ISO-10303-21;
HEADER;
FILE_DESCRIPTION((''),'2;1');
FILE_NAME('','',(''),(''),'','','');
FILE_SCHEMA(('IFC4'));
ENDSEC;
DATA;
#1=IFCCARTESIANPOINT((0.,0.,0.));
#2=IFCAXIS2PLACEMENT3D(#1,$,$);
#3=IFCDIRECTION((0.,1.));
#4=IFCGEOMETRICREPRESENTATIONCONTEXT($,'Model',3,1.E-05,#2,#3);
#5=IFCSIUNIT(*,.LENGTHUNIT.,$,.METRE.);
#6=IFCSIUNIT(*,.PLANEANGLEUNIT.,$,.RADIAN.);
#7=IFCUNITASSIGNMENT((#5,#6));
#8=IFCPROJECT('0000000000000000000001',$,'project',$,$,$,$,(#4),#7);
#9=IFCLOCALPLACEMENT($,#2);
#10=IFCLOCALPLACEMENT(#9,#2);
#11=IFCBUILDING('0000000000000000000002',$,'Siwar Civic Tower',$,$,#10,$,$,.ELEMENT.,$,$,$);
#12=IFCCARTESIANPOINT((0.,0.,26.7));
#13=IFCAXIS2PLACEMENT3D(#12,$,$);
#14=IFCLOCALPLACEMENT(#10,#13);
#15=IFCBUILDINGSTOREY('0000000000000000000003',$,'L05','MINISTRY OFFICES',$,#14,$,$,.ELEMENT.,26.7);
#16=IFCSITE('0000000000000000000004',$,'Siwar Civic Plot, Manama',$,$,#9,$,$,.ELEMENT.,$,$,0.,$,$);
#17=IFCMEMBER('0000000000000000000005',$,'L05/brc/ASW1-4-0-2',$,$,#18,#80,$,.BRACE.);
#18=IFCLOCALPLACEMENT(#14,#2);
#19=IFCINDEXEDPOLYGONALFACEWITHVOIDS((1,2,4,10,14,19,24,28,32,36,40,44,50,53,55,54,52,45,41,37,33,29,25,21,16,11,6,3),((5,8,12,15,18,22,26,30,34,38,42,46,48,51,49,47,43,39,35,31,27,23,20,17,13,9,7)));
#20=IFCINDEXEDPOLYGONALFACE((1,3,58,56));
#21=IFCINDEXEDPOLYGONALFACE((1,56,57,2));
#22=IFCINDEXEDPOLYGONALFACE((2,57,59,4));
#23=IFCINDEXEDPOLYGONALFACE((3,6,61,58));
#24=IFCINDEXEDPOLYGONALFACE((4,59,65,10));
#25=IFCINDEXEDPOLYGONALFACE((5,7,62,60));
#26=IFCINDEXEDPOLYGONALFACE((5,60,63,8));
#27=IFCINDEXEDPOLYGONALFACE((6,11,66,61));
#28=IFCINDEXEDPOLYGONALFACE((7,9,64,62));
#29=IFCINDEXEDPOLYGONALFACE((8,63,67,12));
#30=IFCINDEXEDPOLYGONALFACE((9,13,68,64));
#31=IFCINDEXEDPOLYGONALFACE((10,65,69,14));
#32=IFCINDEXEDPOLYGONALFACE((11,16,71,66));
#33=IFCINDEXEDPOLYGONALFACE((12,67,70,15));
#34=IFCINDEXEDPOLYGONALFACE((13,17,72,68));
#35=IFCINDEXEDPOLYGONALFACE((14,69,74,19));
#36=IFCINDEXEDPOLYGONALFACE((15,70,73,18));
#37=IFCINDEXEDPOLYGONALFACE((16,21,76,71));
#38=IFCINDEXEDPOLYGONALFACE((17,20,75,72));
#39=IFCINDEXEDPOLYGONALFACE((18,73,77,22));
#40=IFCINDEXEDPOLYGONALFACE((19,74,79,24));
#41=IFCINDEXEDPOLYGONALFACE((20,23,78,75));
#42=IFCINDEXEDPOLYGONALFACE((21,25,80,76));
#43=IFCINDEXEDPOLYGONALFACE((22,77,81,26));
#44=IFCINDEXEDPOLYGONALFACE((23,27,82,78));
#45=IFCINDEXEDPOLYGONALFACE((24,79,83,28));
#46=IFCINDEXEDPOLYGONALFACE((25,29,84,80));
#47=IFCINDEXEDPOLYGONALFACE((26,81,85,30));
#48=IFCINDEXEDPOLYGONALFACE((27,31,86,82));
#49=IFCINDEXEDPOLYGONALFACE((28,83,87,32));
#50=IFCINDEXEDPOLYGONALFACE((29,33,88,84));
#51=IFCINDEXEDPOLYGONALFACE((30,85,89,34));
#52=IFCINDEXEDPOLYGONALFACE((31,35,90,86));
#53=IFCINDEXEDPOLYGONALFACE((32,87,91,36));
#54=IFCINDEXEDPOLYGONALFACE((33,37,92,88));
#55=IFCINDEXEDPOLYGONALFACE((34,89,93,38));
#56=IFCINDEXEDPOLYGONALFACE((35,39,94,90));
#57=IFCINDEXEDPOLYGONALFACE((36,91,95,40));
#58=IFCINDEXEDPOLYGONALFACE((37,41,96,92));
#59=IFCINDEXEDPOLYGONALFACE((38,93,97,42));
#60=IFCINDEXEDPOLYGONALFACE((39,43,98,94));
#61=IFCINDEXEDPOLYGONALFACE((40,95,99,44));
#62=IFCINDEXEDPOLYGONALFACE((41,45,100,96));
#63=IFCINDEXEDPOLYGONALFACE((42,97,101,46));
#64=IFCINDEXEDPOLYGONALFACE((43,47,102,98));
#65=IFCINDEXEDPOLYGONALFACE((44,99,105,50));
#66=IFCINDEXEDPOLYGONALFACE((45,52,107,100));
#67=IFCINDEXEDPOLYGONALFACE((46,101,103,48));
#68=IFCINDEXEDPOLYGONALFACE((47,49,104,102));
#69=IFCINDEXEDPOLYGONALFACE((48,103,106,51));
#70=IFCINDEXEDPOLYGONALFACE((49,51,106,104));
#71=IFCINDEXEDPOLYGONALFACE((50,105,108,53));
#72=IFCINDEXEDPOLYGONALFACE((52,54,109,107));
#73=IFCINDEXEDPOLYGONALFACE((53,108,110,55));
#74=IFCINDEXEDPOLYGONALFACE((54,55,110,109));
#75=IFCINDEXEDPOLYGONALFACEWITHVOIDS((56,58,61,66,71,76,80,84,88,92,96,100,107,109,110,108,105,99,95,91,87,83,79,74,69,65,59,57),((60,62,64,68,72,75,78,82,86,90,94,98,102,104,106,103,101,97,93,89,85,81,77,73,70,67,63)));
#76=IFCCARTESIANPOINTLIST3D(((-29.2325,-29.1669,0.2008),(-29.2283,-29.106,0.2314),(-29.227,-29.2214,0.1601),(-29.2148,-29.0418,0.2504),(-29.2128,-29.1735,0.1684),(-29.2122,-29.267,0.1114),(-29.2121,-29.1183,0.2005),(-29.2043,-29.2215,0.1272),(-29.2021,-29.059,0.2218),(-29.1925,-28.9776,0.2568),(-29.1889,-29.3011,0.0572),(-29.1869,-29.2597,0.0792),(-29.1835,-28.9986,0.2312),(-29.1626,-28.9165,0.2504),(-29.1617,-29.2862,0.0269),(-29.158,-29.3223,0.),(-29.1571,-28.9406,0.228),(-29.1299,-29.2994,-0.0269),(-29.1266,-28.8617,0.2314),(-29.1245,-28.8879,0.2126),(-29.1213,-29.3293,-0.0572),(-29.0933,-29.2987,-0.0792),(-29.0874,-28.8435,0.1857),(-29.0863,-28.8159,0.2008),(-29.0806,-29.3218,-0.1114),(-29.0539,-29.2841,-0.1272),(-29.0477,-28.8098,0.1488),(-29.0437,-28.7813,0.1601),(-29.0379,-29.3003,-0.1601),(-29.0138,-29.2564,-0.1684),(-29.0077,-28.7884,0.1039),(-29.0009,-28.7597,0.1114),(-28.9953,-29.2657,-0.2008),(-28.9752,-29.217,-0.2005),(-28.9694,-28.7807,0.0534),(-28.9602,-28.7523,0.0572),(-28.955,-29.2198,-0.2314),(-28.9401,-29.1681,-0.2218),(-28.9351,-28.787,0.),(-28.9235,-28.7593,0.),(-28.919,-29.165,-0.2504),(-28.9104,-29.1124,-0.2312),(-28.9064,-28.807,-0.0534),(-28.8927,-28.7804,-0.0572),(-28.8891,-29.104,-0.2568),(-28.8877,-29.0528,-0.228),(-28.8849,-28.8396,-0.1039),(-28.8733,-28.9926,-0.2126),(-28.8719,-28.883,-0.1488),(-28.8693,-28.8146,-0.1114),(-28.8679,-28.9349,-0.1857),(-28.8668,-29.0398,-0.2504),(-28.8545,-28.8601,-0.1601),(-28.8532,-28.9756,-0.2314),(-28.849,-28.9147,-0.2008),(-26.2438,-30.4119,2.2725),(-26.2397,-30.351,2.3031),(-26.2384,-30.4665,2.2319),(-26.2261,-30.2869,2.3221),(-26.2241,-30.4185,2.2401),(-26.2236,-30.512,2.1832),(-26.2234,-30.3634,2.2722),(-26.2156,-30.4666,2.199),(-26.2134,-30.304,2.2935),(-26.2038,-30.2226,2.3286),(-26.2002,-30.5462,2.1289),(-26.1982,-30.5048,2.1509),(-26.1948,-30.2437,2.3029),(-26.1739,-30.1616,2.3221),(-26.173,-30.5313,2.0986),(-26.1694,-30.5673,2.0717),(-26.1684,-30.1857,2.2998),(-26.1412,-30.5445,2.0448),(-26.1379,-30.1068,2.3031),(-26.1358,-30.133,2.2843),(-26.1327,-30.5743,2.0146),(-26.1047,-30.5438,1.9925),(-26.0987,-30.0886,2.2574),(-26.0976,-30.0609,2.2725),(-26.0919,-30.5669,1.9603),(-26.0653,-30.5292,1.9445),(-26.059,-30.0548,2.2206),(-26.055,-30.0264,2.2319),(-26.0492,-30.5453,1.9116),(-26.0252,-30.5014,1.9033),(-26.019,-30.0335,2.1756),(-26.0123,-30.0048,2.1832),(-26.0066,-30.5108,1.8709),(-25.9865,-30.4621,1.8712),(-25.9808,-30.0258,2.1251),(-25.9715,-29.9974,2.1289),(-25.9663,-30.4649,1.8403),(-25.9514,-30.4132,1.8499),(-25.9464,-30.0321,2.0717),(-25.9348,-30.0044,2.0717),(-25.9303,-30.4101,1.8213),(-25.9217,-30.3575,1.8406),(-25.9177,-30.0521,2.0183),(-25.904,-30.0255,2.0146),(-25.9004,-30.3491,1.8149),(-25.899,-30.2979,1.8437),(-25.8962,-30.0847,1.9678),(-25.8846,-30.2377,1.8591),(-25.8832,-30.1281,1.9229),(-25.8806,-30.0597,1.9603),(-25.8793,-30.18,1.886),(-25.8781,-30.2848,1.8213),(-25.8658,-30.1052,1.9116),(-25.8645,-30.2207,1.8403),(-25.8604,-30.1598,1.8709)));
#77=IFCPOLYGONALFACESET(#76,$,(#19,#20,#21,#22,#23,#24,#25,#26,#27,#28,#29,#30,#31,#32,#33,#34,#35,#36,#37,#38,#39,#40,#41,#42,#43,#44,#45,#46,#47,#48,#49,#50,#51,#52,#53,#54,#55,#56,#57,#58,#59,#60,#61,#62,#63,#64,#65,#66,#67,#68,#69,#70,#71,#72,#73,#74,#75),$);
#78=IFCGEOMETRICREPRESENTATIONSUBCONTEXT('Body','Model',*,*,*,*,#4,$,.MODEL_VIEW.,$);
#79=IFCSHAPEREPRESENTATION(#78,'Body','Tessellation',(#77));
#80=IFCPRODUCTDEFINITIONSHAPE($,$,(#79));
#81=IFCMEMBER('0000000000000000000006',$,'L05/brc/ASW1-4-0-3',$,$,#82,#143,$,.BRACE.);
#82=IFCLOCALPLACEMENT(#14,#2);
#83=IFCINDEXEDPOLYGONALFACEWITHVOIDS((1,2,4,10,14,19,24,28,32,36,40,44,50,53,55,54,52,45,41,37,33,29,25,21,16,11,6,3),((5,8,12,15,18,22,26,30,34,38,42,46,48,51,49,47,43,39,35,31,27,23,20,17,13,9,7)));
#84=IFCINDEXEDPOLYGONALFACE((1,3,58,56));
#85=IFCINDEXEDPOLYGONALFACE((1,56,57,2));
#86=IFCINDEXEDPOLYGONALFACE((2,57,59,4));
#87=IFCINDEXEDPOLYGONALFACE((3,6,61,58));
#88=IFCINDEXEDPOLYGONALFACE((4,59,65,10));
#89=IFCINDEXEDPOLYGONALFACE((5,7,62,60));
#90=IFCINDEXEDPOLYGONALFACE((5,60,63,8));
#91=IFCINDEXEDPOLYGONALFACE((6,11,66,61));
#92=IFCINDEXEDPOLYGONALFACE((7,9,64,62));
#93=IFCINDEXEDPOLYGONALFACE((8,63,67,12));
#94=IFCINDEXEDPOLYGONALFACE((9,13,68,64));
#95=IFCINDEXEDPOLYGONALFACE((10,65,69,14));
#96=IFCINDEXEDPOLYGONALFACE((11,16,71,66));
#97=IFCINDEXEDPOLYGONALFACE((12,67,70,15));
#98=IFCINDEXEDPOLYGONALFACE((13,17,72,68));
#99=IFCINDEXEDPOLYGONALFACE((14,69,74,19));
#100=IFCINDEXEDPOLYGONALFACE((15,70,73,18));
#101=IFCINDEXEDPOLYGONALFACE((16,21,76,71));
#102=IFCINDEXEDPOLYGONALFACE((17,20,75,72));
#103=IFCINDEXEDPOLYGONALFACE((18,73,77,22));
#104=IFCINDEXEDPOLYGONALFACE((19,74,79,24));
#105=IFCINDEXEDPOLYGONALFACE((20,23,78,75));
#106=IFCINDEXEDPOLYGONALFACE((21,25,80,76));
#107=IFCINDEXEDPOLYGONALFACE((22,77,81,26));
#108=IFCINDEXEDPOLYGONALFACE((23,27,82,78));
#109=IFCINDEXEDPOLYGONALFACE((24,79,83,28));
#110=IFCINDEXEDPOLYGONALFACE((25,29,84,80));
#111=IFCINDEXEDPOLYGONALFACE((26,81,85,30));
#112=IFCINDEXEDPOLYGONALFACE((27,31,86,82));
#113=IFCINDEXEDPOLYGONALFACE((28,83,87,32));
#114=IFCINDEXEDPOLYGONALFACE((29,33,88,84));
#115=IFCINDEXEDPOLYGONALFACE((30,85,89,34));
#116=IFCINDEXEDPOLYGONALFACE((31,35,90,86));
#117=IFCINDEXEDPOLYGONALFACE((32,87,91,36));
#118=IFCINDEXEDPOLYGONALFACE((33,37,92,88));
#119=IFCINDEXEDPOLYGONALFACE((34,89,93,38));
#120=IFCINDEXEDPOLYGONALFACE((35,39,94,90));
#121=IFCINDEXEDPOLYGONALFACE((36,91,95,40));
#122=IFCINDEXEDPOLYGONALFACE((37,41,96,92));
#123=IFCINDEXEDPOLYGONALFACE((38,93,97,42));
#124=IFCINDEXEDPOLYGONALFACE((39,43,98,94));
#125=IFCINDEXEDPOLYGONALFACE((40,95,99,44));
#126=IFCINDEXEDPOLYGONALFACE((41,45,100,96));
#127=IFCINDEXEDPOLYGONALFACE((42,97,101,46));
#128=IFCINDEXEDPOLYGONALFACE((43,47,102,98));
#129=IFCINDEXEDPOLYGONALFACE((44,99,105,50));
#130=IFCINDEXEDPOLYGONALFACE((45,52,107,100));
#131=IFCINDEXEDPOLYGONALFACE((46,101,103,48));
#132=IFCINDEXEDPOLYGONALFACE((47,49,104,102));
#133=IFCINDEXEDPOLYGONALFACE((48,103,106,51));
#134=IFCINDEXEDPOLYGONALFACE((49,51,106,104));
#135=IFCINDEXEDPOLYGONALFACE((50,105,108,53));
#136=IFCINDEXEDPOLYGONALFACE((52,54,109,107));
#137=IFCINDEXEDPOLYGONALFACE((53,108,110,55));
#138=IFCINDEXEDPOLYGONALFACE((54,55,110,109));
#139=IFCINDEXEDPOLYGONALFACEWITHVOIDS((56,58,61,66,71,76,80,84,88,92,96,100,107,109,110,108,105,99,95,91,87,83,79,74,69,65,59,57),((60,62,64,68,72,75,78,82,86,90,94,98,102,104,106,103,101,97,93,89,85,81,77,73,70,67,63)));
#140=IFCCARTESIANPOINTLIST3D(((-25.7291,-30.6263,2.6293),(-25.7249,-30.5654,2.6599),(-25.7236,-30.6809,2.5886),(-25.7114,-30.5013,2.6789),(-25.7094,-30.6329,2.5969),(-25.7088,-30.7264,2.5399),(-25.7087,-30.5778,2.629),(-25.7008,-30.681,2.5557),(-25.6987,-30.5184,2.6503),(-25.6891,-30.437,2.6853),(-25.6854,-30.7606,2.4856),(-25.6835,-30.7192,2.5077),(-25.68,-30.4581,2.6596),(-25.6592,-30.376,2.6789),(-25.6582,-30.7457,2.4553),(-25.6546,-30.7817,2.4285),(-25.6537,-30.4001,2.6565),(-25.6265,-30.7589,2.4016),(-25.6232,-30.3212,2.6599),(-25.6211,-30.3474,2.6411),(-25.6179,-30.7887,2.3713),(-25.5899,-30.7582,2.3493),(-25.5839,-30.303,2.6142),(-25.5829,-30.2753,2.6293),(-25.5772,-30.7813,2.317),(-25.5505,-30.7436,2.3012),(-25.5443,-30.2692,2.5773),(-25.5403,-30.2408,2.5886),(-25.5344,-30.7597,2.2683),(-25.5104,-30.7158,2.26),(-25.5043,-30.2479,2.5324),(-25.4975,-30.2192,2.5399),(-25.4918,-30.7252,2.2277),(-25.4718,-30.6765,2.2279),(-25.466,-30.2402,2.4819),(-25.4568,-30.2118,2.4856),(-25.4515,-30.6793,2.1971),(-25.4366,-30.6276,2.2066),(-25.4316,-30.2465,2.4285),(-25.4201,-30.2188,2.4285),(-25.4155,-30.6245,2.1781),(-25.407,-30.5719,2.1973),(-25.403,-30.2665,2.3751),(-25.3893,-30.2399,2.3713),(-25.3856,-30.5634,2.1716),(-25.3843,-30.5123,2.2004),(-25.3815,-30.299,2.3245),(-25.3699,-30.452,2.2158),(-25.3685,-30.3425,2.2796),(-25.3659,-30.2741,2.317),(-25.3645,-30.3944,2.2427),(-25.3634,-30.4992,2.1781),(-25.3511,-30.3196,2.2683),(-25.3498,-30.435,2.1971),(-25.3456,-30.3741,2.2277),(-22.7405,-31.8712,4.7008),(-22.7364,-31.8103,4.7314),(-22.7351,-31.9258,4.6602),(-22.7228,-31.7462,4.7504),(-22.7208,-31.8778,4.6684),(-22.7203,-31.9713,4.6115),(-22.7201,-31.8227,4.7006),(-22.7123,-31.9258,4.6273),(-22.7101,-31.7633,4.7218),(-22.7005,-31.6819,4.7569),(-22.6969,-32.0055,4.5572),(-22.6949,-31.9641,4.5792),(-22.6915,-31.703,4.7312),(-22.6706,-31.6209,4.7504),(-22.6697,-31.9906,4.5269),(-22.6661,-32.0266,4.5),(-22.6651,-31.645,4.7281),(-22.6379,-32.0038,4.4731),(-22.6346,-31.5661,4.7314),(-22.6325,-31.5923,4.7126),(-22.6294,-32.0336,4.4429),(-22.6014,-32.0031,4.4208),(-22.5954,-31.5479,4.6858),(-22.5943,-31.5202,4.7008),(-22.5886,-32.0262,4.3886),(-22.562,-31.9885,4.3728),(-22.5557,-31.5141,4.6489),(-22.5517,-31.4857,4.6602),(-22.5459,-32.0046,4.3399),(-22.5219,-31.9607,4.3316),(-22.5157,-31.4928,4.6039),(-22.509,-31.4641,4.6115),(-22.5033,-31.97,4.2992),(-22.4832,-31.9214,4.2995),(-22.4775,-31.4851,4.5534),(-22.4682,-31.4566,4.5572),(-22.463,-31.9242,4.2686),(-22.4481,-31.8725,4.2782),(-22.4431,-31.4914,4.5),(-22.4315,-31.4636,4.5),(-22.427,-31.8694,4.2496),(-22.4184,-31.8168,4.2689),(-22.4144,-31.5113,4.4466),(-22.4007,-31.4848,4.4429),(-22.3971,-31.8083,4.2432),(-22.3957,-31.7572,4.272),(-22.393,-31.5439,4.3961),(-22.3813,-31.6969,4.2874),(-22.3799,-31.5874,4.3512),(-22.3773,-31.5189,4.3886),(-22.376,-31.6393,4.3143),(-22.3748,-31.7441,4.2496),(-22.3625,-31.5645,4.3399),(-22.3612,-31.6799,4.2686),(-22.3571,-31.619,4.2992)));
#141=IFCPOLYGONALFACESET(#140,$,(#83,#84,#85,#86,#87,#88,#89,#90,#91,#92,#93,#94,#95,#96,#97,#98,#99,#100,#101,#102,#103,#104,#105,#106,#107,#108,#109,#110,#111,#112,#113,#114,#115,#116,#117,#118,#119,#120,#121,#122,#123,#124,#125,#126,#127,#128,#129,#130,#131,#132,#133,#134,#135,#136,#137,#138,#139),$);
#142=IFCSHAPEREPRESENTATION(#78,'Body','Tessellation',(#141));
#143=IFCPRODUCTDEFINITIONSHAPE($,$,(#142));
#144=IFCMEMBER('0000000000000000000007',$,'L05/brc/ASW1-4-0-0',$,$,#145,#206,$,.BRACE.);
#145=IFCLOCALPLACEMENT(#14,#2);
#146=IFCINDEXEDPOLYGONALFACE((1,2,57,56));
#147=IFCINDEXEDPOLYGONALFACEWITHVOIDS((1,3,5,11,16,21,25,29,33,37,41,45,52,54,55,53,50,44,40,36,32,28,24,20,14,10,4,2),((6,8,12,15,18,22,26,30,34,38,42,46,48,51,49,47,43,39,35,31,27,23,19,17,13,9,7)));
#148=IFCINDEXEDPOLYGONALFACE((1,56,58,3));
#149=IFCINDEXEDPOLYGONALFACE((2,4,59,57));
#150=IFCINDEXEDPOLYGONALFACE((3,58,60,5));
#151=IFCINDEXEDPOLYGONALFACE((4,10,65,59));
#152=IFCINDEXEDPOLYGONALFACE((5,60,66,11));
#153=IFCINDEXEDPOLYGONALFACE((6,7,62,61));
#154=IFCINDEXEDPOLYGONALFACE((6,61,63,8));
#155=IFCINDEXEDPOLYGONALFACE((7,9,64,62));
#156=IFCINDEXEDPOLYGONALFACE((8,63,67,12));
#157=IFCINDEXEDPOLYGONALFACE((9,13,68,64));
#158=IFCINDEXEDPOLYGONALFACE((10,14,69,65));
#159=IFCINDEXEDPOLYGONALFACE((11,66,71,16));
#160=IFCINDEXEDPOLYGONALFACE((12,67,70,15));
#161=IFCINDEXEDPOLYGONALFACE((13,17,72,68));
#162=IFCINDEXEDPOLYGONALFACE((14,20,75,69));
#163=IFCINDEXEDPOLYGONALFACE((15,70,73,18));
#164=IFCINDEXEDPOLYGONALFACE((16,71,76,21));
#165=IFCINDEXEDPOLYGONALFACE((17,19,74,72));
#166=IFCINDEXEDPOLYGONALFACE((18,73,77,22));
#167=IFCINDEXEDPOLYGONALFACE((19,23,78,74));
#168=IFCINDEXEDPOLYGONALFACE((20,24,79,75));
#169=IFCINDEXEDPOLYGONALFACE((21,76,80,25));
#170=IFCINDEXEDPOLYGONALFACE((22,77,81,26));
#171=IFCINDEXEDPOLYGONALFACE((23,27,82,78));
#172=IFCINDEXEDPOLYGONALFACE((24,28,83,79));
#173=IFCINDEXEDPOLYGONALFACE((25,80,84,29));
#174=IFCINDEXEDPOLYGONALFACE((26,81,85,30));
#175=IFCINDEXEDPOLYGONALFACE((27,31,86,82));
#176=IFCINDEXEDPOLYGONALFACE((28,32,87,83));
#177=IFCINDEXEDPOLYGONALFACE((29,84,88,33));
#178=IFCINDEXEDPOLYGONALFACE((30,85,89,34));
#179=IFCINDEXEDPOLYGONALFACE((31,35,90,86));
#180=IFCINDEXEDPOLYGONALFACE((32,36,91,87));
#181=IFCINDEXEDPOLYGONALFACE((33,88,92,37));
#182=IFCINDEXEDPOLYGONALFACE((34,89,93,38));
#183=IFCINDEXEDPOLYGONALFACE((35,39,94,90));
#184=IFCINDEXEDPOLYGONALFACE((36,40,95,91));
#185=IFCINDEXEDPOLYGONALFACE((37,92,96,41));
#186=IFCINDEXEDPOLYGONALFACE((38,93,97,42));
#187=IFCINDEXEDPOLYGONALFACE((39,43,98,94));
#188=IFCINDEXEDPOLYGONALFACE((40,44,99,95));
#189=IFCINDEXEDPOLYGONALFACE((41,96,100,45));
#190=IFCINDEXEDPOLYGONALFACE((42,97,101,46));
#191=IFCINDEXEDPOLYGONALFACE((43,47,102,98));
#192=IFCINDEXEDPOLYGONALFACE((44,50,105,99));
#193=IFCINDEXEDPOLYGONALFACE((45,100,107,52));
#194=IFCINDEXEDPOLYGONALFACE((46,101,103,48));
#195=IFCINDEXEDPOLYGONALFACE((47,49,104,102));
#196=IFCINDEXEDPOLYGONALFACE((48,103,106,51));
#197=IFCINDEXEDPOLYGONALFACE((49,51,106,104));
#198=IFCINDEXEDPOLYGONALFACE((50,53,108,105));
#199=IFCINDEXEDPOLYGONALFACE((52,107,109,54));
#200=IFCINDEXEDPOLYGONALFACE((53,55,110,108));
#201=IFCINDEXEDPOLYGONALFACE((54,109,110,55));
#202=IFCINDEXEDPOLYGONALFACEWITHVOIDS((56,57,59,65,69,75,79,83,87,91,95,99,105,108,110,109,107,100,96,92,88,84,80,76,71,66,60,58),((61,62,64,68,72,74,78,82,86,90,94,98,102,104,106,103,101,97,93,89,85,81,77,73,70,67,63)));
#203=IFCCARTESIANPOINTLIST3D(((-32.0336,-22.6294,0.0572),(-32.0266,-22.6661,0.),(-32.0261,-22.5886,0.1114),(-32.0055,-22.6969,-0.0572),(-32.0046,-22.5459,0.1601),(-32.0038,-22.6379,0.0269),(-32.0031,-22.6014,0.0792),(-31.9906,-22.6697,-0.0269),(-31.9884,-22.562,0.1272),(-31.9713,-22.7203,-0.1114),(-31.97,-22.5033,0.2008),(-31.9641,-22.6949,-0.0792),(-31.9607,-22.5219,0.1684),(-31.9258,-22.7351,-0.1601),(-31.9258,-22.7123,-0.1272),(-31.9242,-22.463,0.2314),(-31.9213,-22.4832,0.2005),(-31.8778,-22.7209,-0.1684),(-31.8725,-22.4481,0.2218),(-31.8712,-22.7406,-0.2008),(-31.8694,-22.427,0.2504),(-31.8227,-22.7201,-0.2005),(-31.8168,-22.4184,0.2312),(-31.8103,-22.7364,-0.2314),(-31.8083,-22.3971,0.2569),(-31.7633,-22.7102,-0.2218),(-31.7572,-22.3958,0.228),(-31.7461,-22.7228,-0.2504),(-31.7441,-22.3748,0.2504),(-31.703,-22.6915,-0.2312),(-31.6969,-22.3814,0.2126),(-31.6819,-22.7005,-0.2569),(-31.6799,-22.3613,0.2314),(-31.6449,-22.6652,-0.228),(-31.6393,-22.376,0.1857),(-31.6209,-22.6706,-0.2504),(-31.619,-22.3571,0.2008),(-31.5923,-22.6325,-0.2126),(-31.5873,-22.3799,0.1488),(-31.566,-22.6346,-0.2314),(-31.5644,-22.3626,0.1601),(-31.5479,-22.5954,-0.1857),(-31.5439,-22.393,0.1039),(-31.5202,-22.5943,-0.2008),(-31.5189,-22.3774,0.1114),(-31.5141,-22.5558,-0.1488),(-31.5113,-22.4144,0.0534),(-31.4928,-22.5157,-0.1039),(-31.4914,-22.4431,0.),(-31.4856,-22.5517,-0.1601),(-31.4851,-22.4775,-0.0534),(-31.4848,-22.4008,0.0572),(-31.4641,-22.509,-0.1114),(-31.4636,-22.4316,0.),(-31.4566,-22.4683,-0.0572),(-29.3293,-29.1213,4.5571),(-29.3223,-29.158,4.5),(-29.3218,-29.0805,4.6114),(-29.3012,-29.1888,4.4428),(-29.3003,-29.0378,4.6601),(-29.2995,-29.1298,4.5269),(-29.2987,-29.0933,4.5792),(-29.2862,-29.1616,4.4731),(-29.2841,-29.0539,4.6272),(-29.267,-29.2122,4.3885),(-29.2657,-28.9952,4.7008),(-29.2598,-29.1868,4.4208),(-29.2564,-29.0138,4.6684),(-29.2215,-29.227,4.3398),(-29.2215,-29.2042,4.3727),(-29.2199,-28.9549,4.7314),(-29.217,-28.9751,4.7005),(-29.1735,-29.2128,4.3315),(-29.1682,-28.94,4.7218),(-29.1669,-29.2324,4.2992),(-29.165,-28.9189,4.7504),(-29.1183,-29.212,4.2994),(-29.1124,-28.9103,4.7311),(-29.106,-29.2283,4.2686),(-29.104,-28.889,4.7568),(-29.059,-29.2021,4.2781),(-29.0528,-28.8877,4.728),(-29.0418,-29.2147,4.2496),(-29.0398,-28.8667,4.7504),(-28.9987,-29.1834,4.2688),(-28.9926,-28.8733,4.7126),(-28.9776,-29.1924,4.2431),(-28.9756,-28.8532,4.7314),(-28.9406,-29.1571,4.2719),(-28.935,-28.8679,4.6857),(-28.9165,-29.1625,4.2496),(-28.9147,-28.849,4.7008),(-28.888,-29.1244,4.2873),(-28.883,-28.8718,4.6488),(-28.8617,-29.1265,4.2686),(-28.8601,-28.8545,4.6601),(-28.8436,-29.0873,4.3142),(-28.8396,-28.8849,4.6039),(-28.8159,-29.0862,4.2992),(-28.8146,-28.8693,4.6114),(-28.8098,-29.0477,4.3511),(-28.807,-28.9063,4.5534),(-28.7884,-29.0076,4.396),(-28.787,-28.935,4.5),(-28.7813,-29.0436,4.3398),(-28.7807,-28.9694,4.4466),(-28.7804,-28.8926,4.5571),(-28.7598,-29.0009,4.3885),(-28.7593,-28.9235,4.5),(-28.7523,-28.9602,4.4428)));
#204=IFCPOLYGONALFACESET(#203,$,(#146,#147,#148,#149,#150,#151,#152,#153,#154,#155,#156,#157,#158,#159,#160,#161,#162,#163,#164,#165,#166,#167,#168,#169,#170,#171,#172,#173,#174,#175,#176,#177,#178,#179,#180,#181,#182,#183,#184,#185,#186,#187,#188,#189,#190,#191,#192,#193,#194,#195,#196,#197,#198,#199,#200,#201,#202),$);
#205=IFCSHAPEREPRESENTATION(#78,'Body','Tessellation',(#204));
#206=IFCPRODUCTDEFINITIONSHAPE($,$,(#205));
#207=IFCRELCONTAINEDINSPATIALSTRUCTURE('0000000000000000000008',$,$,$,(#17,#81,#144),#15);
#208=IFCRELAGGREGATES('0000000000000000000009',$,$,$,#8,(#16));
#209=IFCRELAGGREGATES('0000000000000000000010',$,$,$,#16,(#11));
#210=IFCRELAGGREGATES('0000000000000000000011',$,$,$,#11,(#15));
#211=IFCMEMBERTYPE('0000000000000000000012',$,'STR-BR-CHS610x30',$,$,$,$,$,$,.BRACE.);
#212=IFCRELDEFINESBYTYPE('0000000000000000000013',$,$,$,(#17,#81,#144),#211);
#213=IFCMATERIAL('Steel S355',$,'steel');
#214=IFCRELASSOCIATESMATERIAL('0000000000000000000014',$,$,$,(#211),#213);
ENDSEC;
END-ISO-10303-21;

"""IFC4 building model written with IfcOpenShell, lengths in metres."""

from ifc_helpers import new_model, si_unit, direction, frame, origin, origin_2d, place, context, subcontext, project, spatial, hollow_circle, extrude, material, material_profile, profile_set, type_object, element, save


model = new_model("IFC4")

# Units and contexts
model_context = context("Model", 3, precision=1e-05, world=origin(), true_north=direction((0.0, 1.0)))
body_context = subcontext(model_context, "Body", "Model", "MODEL_VIEW")
ifc_project = project(units=[si_unit("LENGTHUNIT", "METRE"), si_unit("PLANEANGLEUNIT", "RADIAN")], contexts=[model_context])

# Site, building, storey
site_placement = place(None, origin())
site = spatial("IfcSite", under=ifc_project, at=site_placement, Name="Siwar Civic Plot, Manama", CompositionType="ELEMENT", RefElevation=0.0)
building_placement = place(site_placement, origin())
building = spatial("IfcBuilding", under=site, at=building_placement, Name="Siwar Civic Tower", CompositionType="ELEMENT")
storey_placement = place(building_placement, frame((0.0, 0.0, 26.7)))
storey = spatial("IfcBuildingStorey", under=building, at=storey_placement, Name="L05", Description="MINISTRY OFFICES", CompositionType="ELEMENT", Elevation=26.7)

# Members
ifc_material_1 = material(Name="Steel S355", Category="steel")
ifc_material_profile_1 = material_profile(ifc_material_1, hollow_circle(Radius=0.3049, WallThickness=0.03, at=origin_2d()), Name="CHS610x30")
ifc_profile_set_1 = profile_set([ifc_material_profile_1], Name="Steel S355")
member_type_1 = type_object("IfcMemberType", Name="STR-BR-CHS610x30", PredefinedType="BRACE", material=ifc_profile_set_1)
member_1_placement = place(storey_placement, frame((-29.0408, -29.0408, 0.0), z_axis=(0.777542, -0.323923, 0.538982), x_axis=(0.384562, 0.923099, 0.0)))
element("IfcMember", 1, at=member_1_placement, inside=storey, type_object=member_type_1, Name="L05/brc/ASW1-4-0-2", PredefinedType="BRACE", context=body_context, shape_type="SweptSolid", body=[
    extrude(hollow_circle(Radius=0.3049, WallThickness=0.03, at=origin_2d()), origin(), (0.0, 0.0, 1.0), 3.8438),
])
member_2_placement = place(storey_placement, frame((-25.5374, -30.5002, 2.4285), z_axis=(0.77756, -0.323893, 0.538975), x_axis=(0.384524, 0.923115, 0.0)))
element("IfcMember", 2, at=member_2_placement, inside=storey, type_object=member_type_1, Name="L05/brc/ASW1-4-0-3", PredefinedType="BRACE", context=body_context, shape_type="SweptSolid", body=[
    extrude(hollow_circle(Radius=0.3049, WallThickness=0.03, at=origin_2d()), origin(), (0.0, 0.0, 1.0), 3.8435),
])
member_3_placement = place(storey_placement, frame((-31.7451, -22.5488, 0.0), z_axis=(0.323906, -0.777555, 0.538975), x_axis=(0.923109, 0.384539, 0.0)))
element("IfcMember", 3, at=member_3_placement, inside=storey, type_object=member_type_1, Name="L05/brc/ASW1-4-0-0", PredefinedType="BRACE", context=body_context, shape_type="SweptSolid", body=[
    extrude(hollow_circle(Radius=0.3049, WallThickness=0.03, at=origin_2d()), origin(), (0.0, 0.0, 1.0), 8.3491),
])

save(model, "model.ifc")
